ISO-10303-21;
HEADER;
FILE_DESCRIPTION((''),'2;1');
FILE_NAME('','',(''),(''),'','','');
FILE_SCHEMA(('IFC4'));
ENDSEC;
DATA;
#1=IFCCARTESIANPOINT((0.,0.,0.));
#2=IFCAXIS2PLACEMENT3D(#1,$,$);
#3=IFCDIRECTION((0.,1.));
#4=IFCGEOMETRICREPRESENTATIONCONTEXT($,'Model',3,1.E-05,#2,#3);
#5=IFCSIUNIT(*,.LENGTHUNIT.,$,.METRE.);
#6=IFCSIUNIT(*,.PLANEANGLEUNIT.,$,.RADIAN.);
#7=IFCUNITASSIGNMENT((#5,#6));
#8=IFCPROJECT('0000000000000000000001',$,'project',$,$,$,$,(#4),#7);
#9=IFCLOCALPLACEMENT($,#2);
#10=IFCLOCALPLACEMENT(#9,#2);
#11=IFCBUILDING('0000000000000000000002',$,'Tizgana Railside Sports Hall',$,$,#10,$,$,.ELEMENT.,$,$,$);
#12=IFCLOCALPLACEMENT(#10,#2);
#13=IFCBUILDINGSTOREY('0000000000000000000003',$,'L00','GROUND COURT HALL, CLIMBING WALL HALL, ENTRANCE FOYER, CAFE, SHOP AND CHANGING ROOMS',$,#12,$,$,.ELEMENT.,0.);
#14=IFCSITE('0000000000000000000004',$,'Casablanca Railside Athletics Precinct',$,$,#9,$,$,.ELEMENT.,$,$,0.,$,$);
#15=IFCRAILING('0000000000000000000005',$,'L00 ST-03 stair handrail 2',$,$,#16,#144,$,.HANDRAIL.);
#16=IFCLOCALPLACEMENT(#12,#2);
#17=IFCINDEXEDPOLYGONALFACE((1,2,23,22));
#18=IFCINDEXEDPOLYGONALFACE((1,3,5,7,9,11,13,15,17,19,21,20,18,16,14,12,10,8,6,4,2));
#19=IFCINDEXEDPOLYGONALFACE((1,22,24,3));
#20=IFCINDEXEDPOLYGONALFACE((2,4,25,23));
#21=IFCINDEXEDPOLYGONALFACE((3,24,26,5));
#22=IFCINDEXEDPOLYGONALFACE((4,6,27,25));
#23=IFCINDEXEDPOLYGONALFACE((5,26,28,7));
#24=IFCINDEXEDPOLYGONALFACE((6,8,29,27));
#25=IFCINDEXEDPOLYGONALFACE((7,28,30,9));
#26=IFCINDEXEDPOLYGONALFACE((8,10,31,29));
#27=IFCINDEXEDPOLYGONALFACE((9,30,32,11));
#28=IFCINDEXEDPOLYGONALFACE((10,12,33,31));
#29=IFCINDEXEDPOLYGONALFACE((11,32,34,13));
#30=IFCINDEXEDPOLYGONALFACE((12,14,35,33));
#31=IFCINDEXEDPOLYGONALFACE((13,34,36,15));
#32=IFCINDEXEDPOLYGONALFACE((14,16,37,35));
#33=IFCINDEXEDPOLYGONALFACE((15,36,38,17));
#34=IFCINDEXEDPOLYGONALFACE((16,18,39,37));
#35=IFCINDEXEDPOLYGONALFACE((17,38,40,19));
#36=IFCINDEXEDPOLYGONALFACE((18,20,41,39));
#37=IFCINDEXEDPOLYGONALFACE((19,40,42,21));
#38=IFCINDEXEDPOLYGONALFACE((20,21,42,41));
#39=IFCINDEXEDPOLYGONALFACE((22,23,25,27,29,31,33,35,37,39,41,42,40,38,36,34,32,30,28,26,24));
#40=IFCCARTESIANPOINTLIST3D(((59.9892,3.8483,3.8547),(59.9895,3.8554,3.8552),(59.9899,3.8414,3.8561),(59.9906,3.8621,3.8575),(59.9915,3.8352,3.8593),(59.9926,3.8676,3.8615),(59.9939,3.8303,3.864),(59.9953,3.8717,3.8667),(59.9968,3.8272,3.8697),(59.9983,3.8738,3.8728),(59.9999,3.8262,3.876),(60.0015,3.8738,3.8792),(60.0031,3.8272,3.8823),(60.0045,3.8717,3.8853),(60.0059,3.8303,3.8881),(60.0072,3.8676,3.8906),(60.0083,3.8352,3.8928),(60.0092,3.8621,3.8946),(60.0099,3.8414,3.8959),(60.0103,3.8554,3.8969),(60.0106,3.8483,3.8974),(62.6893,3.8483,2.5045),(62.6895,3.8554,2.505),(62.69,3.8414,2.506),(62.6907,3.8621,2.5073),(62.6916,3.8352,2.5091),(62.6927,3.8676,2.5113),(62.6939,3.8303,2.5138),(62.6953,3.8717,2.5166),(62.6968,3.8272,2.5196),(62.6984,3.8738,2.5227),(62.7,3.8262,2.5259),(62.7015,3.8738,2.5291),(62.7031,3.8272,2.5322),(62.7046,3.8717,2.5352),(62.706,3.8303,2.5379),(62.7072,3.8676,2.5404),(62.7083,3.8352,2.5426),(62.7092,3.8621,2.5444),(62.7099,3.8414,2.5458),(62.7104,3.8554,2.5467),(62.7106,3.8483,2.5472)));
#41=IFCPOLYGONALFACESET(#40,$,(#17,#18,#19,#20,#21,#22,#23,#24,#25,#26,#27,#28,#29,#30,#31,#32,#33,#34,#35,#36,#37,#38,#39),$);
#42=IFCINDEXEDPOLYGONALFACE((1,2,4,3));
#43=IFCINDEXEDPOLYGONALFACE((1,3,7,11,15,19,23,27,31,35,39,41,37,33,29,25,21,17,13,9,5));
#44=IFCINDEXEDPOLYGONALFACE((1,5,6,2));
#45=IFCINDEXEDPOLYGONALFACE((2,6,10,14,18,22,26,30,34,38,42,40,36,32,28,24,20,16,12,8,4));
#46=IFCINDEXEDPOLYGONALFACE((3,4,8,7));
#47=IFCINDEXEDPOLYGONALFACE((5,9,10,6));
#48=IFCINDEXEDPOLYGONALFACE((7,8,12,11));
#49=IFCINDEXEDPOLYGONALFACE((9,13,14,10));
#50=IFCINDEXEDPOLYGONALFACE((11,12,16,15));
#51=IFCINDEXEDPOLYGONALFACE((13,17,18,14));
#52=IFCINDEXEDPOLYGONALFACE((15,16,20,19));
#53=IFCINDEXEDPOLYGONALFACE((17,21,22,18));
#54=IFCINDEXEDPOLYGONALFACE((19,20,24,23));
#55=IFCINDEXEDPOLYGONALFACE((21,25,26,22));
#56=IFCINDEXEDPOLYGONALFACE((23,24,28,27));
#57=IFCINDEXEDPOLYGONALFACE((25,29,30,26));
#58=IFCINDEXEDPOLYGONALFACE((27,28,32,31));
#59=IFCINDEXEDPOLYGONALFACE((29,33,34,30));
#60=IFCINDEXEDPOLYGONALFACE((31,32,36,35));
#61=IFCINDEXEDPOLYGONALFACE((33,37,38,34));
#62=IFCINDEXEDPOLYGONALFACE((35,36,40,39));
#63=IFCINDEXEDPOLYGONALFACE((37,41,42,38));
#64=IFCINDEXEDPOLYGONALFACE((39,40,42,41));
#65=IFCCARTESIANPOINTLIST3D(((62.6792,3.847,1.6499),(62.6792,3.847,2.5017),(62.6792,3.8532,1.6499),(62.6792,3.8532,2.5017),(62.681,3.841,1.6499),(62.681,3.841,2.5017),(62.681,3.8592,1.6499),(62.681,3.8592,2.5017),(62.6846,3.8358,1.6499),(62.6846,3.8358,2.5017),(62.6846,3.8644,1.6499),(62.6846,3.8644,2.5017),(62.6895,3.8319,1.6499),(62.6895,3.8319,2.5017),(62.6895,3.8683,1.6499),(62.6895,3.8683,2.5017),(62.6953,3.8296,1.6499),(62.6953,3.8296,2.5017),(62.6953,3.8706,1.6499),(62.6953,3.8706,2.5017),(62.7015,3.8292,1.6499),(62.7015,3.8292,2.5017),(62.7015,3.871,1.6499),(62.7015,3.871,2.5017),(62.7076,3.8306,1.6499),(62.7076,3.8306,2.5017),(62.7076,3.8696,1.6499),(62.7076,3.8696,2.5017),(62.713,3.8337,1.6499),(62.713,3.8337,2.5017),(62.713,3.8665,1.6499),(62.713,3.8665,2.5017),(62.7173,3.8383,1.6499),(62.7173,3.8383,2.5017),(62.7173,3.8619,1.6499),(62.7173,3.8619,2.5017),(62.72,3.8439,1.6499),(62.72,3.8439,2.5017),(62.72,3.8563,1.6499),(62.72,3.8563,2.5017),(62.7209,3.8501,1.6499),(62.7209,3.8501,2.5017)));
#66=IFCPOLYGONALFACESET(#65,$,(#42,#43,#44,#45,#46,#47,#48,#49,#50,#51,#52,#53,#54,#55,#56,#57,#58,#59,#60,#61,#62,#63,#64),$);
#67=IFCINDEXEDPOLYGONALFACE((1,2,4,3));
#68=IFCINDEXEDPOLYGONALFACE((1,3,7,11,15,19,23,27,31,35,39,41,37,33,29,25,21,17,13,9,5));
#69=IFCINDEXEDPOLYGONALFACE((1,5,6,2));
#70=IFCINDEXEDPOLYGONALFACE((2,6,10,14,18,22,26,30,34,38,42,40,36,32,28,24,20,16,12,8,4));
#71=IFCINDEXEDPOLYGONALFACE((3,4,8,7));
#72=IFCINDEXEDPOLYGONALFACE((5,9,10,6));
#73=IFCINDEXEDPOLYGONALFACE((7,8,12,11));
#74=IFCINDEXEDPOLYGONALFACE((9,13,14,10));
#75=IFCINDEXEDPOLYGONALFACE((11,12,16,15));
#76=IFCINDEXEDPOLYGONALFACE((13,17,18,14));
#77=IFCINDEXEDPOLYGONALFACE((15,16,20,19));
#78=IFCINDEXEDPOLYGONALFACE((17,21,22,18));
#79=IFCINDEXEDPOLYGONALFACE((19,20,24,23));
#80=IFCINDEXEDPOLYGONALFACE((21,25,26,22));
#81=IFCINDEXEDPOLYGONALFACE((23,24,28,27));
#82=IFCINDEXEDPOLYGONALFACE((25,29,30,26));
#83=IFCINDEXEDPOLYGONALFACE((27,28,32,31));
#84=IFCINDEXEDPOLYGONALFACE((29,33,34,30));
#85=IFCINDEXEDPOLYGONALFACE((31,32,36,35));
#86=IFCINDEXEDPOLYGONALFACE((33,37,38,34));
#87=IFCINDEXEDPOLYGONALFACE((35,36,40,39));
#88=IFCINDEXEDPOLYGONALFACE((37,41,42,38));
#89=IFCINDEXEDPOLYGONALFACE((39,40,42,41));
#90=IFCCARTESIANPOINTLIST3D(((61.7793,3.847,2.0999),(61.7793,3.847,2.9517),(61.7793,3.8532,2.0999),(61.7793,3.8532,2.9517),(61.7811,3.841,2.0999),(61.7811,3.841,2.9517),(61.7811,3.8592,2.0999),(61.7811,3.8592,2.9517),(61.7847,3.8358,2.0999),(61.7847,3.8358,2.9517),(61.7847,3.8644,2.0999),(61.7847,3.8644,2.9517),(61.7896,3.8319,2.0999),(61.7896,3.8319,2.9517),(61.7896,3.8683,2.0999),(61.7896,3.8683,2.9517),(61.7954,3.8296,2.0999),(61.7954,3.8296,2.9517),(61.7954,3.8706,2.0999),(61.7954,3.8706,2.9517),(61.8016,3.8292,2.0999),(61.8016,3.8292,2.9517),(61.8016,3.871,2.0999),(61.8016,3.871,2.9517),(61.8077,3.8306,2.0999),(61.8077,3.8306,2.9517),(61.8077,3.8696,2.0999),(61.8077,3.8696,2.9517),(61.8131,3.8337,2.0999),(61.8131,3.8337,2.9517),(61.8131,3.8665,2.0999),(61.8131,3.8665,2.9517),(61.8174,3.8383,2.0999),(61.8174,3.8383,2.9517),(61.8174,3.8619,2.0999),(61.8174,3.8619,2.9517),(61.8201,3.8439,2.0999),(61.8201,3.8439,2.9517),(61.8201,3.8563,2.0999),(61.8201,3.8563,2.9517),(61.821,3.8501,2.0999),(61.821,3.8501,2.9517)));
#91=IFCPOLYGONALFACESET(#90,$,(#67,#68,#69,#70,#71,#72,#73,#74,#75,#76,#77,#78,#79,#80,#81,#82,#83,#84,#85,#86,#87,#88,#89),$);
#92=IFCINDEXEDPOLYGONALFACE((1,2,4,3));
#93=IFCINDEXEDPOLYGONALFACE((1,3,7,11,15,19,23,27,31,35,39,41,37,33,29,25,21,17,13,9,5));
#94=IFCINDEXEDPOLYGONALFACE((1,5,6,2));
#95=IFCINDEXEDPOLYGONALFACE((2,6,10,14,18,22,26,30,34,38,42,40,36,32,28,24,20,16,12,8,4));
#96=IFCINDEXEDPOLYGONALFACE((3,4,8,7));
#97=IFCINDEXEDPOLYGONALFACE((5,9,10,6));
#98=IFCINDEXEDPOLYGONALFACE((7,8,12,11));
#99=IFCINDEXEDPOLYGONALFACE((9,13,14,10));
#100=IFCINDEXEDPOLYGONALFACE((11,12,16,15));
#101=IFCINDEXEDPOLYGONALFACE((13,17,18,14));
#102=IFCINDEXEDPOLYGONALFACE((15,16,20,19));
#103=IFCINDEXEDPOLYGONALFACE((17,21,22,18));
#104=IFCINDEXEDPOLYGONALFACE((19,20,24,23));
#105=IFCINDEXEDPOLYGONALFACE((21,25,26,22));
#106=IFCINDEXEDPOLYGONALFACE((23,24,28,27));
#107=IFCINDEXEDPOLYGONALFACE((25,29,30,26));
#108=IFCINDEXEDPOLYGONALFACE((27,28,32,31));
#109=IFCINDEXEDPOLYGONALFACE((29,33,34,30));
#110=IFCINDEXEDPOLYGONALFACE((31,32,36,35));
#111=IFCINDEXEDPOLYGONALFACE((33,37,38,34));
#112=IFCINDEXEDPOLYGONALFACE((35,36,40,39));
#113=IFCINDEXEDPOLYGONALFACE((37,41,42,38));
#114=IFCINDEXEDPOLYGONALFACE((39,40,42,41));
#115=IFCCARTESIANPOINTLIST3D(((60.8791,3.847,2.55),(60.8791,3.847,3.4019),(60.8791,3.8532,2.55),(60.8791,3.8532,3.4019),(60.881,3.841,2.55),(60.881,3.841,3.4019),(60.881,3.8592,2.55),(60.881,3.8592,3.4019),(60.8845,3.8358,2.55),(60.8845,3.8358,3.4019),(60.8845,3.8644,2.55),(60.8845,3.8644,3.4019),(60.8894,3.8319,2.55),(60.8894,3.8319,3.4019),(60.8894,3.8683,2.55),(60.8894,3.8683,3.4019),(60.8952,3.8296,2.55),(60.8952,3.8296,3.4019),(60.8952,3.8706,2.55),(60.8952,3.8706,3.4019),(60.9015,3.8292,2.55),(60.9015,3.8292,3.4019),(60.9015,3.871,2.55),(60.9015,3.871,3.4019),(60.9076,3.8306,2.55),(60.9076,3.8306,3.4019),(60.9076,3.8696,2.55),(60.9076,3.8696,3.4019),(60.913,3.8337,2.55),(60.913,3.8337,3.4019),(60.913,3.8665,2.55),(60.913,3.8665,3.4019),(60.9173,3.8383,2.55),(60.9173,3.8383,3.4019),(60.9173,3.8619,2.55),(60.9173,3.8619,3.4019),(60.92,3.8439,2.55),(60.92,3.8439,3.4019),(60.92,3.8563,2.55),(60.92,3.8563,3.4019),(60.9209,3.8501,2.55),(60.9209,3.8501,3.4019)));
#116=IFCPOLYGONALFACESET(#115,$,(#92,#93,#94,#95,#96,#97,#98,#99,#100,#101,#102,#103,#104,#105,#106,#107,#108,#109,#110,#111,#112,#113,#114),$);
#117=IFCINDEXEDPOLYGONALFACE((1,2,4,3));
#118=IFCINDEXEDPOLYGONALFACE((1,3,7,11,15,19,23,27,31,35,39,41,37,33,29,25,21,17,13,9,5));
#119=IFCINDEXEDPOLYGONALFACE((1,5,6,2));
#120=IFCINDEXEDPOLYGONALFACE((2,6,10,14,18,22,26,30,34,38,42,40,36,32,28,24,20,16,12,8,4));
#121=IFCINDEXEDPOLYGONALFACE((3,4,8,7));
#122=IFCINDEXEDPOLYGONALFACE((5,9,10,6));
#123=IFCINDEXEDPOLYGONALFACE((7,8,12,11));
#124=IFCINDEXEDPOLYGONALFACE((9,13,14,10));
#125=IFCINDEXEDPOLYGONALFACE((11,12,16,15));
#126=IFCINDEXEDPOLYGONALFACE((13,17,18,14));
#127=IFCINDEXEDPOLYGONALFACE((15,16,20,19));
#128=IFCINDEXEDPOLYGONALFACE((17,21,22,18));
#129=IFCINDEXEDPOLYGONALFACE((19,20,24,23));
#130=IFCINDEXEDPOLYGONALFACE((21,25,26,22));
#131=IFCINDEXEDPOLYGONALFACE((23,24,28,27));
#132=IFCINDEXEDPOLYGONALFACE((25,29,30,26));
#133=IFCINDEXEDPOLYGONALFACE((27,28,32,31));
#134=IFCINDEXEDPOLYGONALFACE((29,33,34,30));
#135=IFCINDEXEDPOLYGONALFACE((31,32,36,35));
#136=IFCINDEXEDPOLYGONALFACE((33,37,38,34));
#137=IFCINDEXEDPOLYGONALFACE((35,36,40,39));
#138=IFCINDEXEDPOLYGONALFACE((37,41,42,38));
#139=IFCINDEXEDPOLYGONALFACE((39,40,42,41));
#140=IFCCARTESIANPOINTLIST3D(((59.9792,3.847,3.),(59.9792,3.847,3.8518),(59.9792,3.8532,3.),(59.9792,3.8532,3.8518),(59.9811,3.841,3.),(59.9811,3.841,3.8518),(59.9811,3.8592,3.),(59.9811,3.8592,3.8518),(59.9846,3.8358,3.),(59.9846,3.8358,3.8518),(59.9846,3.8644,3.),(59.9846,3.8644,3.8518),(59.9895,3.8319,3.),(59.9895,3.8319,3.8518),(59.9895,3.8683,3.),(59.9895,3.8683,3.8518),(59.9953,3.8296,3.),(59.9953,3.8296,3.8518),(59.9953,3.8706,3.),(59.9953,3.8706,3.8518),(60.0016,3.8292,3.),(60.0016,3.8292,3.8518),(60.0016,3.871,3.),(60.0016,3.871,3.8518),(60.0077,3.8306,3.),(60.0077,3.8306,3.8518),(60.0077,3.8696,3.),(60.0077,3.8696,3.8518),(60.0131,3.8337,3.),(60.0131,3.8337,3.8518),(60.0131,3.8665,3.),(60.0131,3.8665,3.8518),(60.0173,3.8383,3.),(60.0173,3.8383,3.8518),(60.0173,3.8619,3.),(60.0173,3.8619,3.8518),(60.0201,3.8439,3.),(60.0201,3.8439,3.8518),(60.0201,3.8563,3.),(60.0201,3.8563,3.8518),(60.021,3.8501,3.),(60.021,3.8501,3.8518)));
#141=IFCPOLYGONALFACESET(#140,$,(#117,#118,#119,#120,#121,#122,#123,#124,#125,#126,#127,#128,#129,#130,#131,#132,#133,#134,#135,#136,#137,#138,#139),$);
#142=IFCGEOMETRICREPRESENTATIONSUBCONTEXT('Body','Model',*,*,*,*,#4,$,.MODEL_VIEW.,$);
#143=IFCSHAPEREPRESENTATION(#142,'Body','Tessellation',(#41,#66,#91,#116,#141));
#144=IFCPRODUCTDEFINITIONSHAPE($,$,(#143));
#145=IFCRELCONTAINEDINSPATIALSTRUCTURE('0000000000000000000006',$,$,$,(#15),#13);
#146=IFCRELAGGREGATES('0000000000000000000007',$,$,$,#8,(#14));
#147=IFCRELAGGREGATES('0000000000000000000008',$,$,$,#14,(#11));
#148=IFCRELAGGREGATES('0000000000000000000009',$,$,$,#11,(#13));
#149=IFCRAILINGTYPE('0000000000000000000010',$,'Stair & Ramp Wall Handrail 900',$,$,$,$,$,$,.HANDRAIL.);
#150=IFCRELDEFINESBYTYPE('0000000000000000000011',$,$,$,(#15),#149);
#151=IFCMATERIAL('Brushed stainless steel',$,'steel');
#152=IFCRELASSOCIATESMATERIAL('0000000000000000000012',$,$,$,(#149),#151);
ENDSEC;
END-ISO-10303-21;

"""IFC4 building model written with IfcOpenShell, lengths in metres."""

from ifc_helpers import new_model, si_unit, direction, frame, origin, origin_2d, place, context, subcontext, project, spatial, circle, extrude, material, type_object, element, save


model = new_model("IFC4")

# Units and contexts
model_context = context("Model", 3, precision=1e-05, world=origin(), true_north=direction((0.0, 1.0)))
body_context = subcontext(model_context, "Body", "Model", "MODEL_VIEW")
ifc_project = project(units=[si_unit("LENGTHUNIT", "METRE"), si_unit("PLANEANGLEUNIT", "RADIAN")], contexts=[model_context])

# Site, building, storey
site_placement = place(None, origin())
site = spatial("IfcSite", under=ifc_project, at=site_placement, Name="Casablanca Railside Athletics Precinct", CompositionType="ELEMENT", RefElevation=0.0)
building_placement = place(site_placement, origin())
building = spatial("IfcBuilding", under=site, at=building_placement, Name="Tizgana Railside Sports Hall", CompositionType="ELEMENT")
storey_placement = place(building_placement, origin())
storey = spatial("IfcBuildingStorey", under=building, at=storey_placement, Name="L00", Description="GROUND COURT HALL, CLIMBING WALL HALL, ENTRANCE FOYER, CAFE, SHOP AND CHANGING ROOMS", CompositionType="ELEMENT", Elevation=0.0)

# Railing
ifc_material_1 = material(Name="Brushed stainless steel", Category="steel")
railing_type_1 = type_object("IfcRailingType", Name="Stair & Ramp Wall Handrail 900", PredefinedType="HANDRAIL", material=ifc_material_1)
railing_1_placement = place(storey_placement, frame((62.7, 3.8501, 1.6499)))
element("IfcRailing", 1, at=railing_1_placement, inside=storey, type_object=railing_type_1, Name="L00 ST-03 stair handrail 2", PredefinedType="HANDRAIL", context=body_context, shape_type="SweptSolid", body=[
    extrude(circle(Radius=0.0239, at=origin_2d()), frame((0.0, 0.0, 0.876), z_axis=(-0.894411, 0.0, 0.447246), x_axis=(0.0, -1.0, 0.0)), (0.0, 0.0, 1.0), 3.0188),
    extrude(circle(Radius=0.021, at=origin_2d()), origin(), (0.0, 0.0, 1.0), 0.8518),
    extrude(circle(Radius=0.021, at=origin_2d()), frame((-0.8999, 0.0, 0.45)), (0.0, 0.0, 1.0), 0.8518),
    extrude(circle(Radius=0.021, at=origin_2d()), frame((-1.8, 0.0, 0.9001)), (0.0, 0.0, 1.0), 0.8518),
    extrude(circle(Radius=0.021, at=origin_2d()), frame((-2.7, 0.0, 1.3501)), (0.0, 0.0, 1.0), 0.8518),
])

save(model, "model.ifc")
